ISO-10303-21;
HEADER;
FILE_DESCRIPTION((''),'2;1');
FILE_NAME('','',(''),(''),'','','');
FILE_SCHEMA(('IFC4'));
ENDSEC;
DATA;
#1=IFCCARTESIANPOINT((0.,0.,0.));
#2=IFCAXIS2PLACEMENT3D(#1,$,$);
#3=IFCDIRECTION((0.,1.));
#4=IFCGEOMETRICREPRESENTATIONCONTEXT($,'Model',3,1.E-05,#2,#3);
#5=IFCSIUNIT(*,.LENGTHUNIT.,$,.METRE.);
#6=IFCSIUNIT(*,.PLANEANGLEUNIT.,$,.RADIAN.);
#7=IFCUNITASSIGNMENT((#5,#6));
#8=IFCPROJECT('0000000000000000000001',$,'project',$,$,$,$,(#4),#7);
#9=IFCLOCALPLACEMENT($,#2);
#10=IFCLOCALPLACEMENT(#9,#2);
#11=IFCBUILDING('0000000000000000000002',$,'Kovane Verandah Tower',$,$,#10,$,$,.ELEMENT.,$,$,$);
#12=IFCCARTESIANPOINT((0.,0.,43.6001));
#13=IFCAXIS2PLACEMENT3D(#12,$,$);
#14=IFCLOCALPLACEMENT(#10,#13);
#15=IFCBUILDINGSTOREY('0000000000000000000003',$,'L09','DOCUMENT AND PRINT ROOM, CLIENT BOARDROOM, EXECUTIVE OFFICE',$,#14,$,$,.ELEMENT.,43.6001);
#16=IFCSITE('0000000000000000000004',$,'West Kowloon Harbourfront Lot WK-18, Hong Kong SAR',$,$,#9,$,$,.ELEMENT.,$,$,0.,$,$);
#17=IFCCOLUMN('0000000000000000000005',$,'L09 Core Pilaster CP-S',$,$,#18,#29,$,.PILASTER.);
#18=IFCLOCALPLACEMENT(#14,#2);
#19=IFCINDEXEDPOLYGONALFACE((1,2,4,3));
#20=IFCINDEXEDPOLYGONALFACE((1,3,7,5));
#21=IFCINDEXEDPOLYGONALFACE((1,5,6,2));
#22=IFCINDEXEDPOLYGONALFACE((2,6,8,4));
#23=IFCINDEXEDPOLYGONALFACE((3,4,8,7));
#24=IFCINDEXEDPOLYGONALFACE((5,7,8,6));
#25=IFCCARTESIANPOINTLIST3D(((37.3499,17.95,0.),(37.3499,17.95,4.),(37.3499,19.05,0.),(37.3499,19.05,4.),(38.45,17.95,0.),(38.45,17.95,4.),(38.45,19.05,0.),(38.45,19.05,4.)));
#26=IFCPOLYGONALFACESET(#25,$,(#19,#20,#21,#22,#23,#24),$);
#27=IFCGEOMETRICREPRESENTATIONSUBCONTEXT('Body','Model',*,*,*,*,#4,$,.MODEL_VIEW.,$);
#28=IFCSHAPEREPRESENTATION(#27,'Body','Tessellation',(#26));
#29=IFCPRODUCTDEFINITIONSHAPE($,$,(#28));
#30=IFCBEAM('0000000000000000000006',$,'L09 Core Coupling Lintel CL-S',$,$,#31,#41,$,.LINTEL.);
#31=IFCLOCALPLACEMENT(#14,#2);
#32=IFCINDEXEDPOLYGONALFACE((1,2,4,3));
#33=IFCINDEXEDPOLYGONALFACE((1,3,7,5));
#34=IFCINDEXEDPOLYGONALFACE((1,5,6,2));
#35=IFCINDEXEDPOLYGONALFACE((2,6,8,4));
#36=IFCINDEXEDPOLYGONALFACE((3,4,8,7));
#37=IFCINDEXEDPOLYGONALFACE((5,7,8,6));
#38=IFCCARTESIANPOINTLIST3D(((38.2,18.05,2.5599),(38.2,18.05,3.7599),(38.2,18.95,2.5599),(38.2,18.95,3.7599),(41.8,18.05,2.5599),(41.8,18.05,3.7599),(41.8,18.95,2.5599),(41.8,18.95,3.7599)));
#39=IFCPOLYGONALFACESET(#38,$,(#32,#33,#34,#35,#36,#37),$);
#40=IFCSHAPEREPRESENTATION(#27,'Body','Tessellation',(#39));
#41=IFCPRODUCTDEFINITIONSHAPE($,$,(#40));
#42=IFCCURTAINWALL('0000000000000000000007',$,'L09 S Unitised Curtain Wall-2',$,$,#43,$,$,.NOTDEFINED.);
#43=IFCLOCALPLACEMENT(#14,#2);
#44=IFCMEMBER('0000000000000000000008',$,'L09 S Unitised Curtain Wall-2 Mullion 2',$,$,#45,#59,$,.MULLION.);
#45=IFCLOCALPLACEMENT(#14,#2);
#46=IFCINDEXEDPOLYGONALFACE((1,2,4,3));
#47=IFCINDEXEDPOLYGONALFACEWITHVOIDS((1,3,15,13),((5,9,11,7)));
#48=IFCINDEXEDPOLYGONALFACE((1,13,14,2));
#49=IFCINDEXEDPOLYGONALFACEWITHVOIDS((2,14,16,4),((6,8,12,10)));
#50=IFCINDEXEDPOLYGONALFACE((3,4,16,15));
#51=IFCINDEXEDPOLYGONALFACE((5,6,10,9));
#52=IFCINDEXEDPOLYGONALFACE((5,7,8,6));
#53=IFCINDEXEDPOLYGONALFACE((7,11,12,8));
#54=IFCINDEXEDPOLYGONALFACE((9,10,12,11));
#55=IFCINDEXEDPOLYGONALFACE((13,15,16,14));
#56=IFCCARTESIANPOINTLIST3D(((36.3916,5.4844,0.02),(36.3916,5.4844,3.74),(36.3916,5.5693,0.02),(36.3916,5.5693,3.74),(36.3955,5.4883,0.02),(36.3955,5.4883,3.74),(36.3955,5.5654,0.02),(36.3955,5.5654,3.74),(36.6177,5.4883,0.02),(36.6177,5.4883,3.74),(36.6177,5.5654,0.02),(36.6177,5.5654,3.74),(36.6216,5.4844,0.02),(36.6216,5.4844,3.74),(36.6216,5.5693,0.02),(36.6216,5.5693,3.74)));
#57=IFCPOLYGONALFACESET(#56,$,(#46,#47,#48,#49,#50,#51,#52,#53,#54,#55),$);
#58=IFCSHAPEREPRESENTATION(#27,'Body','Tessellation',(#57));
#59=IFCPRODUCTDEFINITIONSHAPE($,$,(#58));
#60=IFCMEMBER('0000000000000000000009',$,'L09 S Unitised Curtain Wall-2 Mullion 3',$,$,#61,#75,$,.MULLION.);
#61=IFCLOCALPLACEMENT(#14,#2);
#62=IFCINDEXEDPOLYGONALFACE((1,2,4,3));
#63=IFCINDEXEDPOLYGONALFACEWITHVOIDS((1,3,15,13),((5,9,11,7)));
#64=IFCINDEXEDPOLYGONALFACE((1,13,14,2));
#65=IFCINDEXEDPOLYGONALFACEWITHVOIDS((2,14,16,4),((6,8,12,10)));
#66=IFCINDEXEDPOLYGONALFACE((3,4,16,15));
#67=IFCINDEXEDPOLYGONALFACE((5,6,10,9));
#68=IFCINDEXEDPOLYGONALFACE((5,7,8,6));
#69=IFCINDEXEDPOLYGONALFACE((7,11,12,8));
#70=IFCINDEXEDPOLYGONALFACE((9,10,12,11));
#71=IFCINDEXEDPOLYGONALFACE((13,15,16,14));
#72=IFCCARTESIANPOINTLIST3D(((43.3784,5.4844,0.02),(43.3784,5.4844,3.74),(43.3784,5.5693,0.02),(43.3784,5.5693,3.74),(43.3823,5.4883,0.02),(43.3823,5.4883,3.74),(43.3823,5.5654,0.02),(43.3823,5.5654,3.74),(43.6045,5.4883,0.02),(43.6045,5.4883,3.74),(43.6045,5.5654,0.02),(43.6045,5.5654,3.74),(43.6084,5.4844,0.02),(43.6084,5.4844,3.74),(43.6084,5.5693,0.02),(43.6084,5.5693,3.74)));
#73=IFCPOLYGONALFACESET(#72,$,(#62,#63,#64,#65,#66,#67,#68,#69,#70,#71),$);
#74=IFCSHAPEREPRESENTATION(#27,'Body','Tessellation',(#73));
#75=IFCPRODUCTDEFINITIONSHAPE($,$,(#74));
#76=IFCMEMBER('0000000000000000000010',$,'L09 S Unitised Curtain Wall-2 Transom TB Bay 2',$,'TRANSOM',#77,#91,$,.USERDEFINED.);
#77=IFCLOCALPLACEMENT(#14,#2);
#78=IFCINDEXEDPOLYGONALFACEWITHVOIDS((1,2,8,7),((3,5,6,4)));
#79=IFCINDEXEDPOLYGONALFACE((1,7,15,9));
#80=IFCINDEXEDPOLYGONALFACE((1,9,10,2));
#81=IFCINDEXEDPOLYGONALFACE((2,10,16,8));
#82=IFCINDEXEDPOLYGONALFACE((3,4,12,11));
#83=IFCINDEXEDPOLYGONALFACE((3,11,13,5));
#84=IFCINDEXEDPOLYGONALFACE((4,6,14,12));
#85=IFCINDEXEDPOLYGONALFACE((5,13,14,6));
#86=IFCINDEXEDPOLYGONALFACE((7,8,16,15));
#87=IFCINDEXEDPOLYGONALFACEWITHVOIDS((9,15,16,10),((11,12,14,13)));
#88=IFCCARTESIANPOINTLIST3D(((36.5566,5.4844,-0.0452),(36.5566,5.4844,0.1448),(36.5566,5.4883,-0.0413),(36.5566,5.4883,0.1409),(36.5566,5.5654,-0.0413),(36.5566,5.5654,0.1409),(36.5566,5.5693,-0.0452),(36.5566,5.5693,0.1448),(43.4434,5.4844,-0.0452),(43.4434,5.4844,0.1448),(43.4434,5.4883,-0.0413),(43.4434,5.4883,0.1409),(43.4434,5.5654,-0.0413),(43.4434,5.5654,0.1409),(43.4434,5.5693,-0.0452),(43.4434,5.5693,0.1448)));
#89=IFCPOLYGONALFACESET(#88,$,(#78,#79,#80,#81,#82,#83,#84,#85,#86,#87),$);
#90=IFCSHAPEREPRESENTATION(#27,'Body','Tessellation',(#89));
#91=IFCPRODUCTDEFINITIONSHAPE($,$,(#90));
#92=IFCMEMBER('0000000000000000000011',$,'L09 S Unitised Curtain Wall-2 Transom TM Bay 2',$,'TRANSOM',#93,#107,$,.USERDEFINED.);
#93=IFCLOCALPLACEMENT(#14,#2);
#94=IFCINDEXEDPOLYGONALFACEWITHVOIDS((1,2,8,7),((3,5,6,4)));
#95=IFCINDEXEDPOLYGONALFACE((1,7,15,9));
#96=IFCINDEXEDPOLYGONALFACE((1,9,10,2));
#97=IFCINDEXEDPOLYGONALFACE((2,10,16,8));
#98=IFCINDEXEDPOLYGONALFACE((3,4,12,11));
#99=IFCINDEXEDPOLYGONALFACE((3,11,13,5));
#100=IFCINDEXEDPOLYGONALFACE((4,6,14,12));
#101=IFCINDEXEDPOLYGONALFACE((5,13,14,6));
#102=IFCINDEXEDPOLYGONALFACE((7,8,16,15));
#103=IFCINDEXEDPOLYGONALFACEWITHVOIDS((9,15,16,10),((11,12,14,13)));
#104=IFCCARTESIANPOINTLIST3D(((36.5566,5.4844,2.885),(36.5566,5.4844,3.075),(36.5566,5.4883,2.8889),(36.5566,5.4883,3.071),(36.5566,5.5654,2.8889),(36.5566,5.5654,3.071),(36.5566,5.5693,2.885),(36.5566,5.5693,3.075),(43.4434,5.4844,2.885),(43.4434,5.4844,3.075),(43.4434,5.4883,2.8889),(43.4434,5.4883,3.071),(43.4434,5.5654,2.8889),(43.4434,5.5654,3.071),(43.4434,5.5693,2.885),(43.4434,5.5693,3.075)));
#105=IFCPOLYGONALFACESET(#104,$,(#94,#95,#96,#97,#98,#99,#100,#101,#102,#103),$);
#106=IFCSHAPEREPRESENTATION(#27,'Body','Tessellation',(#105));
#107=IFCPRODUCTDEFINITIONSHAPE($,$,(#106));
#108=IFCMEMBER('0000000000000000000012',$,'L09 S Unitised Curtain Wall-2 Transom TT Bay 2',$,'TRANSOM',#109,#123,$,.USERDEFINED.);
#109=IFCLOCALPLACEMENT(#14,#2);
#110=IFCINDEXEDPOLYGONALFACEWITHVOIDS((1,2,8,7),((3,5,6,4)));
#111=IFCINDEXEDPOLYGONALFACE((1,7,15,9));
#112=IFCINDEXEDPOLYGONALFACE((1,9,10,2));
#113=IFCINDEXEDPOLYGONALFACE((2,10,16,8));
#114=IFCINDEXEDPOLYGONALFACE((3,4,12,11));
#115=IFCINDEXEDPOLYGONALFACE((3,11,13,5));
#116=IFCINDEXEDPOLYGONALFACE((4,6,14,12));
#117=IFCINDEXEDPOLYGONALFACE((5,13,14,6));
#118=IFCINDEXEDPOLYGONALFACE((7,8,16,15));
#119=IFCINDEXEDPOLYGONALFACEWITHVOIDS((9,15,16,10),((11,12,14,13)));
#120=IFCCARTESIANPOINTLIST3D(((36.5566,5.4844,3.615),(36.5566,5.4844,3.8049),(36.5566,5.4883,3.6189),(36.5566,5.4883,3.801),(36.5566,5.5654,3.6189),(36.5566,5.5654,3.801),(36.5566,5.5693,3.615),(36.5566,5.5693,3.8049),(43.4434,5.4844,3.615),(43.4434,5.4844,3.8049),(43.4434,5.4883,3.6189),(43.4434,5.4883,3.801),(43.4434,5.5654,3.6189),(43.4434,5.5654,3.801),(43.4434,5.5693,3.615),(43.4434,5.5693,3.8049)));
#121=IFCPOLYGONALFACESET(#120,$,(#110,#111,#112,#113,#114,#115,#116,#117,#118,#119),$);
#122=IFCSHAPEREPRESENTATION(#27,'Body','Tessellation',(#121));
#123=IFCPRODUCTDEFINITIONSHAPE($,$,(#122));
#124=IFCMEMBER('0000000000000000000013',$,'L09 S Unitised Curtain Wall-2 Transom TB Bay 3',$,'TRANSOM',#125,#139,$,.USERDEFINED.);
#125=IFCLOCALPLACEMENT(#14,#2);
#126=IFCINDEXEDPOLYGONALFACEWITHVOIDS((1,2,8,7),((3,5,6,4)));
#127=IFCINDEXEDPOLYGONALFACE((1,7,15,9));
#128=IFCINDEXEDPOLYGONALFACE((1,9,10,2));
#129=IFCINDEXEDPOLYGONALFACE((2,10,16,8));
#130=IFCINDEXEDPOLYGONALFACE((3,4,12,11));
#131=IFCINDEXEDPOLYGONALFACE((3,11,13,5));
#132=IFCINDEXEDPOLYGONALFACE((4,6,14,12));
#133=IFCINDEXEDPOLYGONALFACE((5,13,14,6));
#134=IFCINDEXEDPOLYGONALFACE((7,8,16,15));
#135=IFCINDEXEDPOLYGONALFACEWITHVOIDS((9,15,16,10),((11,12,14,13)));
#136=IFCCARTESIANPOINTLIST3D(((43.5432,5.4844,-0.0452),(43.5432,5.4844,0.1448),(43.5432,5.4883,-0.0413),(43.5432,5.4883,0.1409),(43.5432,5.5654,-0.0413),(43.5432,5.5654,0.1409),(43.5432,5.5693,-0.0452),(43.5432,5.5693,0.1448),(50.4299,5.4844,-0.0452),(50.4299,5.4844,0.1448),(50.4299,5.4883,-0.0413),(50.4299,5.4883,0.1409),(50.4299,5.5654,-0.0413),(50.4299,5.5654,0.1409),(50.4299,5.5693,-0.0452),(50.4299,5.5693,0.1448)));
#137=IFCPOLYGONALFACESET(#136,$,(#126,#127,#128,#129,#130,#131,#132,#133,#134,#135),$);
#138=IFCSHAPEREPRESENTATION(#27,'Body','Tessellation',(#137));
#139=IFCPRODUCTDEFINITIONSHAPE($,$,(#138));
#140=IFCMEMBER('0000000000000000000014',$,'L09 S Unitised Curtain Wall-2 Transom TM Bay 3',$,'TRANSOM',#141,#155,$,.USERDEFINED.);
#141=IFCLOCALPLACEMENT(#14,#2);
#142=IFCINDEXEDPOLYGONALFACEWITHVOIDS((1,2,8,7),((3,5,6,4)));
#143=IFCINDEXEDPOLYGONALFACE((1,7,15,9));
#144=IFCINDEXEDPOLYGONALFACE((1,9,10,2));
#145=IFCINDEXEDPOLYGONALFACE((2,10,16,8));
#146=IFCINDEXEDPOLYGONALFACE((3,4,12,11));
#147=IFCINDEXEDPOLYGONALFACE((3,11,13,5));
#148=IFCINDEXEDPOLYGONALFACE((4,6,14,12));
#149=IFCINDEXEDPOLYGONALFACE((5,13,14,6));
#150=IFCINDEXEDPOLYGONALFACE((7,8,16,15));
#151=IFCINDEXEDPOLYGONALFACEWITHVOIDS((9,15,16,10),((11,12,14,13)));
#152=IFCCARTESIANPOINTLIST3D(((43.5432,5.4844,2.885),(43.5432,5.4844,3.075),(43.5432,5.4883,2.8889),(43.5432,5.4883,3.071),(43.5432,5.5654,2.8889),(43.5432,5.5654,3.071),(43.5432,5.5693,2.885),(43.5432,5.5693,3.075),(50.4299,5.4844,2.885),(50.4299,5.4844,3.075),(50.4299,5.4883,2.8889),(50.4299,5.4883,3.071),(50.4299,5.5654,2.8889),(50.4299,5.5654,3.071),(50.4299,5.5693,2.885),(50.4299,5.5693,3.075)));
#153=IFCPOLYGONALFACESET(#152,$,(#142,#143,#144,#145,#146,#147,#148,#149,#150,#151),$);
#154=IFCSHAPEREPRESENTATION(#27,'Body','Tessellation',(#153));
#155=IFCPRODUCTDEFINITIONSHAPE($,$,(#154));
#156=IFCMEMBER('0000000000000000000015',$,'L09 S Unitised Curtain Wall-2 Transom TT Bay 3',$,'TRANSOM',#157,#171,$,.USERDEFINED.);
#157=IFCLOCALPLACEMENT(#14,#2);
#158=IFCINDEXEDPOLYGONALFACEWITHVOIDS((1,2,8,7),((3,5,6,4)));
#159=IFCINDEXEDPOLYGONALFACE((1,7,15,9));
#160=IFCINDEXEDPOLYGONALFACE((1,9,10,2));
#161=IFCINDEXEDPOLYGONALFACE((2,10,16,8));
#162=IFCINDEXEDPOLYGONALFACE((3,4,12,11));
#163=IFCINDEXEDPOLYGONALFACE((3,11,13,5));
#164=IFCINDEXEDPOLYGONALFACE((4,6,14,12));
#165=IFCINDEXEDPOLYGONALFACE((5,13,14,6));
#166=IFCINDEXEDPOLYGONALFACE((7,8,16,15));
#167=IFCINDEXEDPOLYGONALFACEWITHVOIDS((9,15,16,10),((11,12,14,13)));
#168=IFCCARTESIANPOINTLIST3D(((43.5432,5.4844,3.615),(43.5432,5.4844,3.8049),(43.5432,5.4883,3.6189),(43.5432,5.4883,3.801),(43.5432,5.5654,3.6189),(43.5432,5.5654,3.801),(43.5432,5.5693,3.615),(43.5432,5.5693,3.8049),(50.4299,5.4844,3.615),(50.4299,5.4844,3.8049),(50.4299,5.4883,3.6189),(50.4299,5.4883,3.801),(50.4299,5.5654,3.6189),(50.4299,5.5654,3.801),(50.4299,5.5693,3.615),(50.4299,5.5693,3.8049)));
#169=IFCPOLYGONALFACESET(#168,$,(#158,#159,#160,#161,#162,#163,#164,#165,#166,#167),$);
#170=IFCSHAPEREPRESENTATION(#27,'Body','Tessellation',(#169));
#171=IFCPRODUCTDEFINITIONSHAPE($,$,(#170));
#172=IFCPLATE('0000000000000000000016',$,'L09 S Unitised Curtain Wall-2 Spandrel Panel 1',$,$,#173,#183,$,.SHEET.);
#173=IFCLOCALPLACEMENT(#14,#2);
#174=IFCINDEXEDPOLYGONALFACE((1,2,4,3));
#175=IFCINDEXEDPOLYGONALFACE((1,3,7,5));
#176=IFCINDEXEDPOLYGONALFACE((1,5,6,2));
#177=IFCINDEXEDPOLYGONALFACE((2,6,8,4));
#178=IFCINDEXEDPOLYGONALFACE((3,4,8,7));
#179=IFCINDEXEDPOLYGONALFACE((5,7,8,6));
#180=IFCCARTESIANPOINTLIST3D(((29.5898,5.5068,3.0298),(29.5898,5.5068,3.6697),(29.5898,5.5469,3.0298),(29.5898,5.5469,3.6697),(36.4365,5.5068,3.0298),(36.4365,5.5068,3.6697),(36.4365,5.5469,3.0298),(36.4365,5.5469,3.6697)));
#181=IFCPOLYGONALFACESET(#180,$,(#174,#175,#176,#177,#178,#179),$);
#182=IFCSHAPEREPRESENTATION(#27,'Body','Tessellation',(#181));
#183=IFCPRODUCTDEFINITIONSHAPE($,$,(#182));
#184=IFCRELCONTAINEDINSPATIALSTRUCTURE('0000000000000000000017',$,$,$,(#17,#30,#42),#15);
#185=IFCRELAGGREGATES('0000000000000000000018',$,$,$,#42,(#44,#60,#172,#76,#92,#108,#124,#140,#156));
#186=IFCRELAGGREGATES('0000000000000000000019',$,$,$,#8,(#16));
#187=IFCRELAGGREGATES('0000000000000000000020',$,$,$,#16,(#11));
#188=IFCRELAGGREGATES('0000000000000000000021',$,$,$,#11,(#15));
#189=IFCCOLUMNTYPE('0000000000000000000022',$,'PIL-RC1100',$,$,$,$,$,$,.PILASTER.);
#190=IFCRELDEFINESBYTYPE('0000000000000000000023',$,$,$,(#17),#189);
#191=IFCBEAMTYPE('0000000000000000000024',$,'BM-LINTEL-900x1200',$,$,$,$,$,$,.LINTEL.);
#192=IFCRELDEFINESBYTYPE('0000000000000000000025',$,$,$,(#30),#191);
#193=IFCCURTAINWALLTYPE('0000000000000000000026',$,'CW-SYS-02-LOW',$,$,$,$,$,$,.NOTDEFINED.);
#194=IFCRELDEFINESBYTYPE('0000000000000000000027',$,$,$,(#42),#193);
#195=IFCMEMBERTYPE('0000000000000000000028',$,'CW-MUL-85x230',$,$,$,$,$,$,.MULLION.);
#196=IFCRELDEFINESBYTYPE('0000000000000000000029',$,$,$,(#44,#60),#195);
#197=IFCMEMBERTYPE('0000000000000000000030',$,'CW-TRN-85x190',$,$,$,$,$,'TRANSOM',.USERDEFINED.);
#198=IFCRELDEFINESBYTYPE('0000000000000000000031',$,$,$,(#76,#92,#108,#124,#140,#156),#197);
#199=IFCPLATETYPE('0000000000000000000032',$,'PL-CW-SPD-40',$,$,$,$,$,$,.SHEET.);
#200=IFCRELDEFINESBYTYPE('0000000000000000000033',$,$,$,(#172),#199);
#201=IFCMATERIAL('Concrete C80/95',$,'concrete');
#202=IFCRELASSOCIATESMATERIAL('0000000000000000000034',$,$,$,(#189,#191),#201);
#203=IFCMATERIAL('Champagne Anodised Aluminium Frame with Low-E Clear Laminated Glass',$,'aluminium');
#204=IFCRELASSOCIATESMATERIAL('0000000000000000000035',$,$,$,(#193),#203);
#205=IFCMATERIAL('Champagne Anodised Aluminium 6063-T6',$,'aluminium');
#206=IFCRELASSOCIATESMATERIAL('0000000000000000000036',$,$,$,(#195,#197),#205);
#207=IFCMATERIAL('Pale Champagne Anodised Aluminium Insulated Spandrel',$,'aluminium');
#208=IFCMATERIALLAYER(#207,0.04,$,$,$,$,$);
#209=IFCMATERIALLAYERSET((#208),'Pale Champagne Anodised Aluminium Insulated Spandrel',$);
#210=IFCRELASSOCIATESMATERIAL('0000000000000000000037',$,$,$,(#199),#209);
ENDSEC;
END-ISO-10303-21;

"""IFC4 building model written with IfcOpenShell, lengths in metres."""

from ifc_helpers import new_model, si_unit, direction, frame, origin, origin_2d, place, context, subcontext, project, spatial, rectangle, hollow_rectangle, extrude, material, layer, layer_set, material_profile, profile_set, type_object, element, aggregate, save


model = new_model("IFC4")

# Units and contexts
model_context = context("Model", 3, precision=1e-05, world=origin(), true_north=direction((0.0, 1.0)))
body_context = subcontext(model_context, "Body", "Model", "MODEL_VIEW")
ifc_project = project(units=[si_unit("LENGTHUNIT", "METRE"), si_unit("PLANEANGLEUNIT", "RADIAN")], contexts=[model_context])

# Site, building, storey
site_placement = place(None, origin())
site = spatial("IfcSite", under=ifc_project, at=site_placement, Name="West Kowloon Harbourfront Lot WK-18, Hong Kong SAR", CompositionType="ELEMENT", RefElevation=0.0)
building_placement = place(site_placement, origin())
building = spatial("IfcBuilding", under=site, at=building_placement, Name="Kovane Verandah Tower", CompositionType="ELEMENT")
storey_placement = place(building_placement, frame((0.0, 0.0, 43.6001)))
storey = spatial("IfcBuildingStorey", under=building, at=storey_placement, Name="L09", Description="DOCUMENT AND PRINT ROOM, CLIENT BOARDROOM, EXECUTIVE OFFICE", CompositionType="ELEMENT", Elevation=43.6001)

# Column
ifc_material_1 = material(Name="Concrete C80/95", Category="concrete")
ifc_material_profile_1 = material_profile(ifc_material_1, rectangle(XDim=1.1001, YDim=1.1001, at=origin_2d()), Name="RC1100x1100")
ifc_profile_set_1 = profile_set([ifc_material_profile_1], Name="Concrete C80/95")
column_type = type_object("IfcColumnType", Name="PIL-RC1100", PredefinedType="PILASTER", material=ifc_profile_set_1)
column_placement = place(storey_placement, frame((37.8999, 18.5, 0.0), z_axis=(0.0, 0.0, 1.0), x_axis=(1.0, 0.0, 0.0)))
element("IfcColumn", 1, at=column_placement, inside=storey, type_object=column_type, Name="L09 Core Pilaster CP-S", PredefinedType="PILASTER", context=body_context, shape_type="SweptSolid", body=[
    extrude(rectangle(XDim=1.1001, YDim=1.1001, at=origin_2d()), origin(), (0.0, 0.0, 1.0), 4.0),
])

# Beam
ifc_material_profile_2 = material_profile(ifc_material_1, rectangle(XDim=0.8999, YDim=1.2, at=origin_2d()), Name="RCB900x1200")
ifc_profile_set_2 = profile_set([ifc_material_profile_2], Name="Concrete C80/95")
beam_type = type_object("IfcBeamType", Name="BM-LINTEL-900x1200", PredefinedType="LINTEL", material=ifc_profile_set_2)
beam_placement = place(storey_placement, frame((38.2, 18.5, 3.1599), z_axis=(1.0, 0.0, 0.0), x_axis=(0.0, 1.0, 0.0)))
element("IfcBeam", 2, at=beam_placement, inside=storey, type_object=beam_type, Name="L09 Core Coupling Lintel CL-S", PredefinedType="LINTEL", context=body_context, shape_type="SweptSolid", body=[
    extrude(rectangle(XDim=0.8999, YDim=1.2, at=origin_2d()), origin(), (0.0, 0.0, 1.0), 3.6001),
])

# Curtain wall, members, plate
ifc_material_2 = material(Name="Champagne Anodised Aluminium Frame with Low-E Clear Laminated Glass", Category="aluminium")
curtain_wall_type = type_object("IfcCurtainWallType", Name="CW-SYS-02-LOW", PredefinedType="NOTDEFINED", material=ifc_material_2)
curtain_wall_placement = place(storey_placement, origin())
curtain_wall = element("IfcCurtainWall", 3, at=curtain_wall_placement, inside=storey, type_object=curtain_wall_type, Name="L09 S Unitised Curtain Wall-2", PredefinedType="NOTDEFINED")
ifc_material_3 = material(Name="Champagne Anodised Aluminium 6063-T6", Category="aluminium")
ifc_material_profile_3 = material_profile(ifc_material_3, hollow_rectangle(XDim=0.085, YDim=0.23, WallThickness=0.0039, at=origin_2d()), Name="AL85x230x4")
ifc_profile_set_3 = profile_set([ifc_material_profile_3], Name="Champagne Anodised Aluminium 6063-T6")
member_type_1 = type_object("IfcMemberType", Name="CW-MUL-85x230", PredefinedType="MULLION", material=ifc_profile_set_3)
member_1_placement = place(storey_placement, frame((36.5066, 5.5269, 0.02), z_axis=(0.0, 0.0, 1.0), x_axis=(0.0, -1.0, 0.0)))
member_1 = element("IfcMember", 4, at=member_1_placement, type_object=member_type_1, Name="L09 S Unitised Curtain Wall-2 Mullion 2", PredefinedType="MULLION", context=body_context, shape_type="SweptSolid", body=[
    extrude(hollow_rectangle(XDim=0.085, YDim=0.23, WallThickness=0.0039, at=origin_2d()), origin(), (0.0, 0.0, 1.0), 3.72),
])
member_2_placement = place(storey_placement, frame((43.4934, 5.5269, 0.02), z_axis=(0.0, 0.0, 1.0), x_axis=(0.0, -1.0, 0.0)))
member_2 = element("IfcMember", 5, at=member_2_placement, type_object=member_type_1, Name="L09 S Unitised Curtain Wall-2 Mullion 3", PredefinedType="MULLION", context=body_context, shape_type="SweptSolid", body=[
    extrude(hollow_rectangle(XDim=0.085, YDim=0.23, WallThickness=0.0039, at=origin_2d()), origin(), (0.0, 0.0, 1.0), 3.72),
])
ifc_material_profile_4 = material_profile(ifc_material_3, hollow_rectangle(XDim=0.085, YDim=0.1899, WallThickness=0.0039, at=origin_2d()), Name="AL85x190x4")
ifc_profile_set_4 = profile_set([ifc_material_profile_4], Name="Champagne Anodised Aluminium 6063-T6")
member_type_2 = type_object("IfcMemberType", Name="CW-TRN-85x190", ElementType="TRANSOM", PredefinedType="USERDEFINED", material=ifc_profile_set_4)
member_3_placement = place(storey_placement, frame((36.5566, 5.5269, 0.0498), z_axis=(1.0, 0.0, 0.0), x_axis=(0.0, 1.0, 0.0)))
member_3 = element("IfcMember", 6, at=member_3_placement, type_object=member_type_2, Name="L09 S Unitised Curtain Wall-2 Transom TB Bay 2", ObjectType="TRANSOM", PredefinedType="USERDEFINED", context=body_context, shape_type="SweptSolid", body=[
    extrude(hollow_rectangle(XDim=0.085, YDim=0.1899, WallThickness=0.0039, at=origin_2d()), origin(), (0.0, 0.0, 1.0), 6.8867),
])
member_4_placement = place(storey_placement, frame((36.5566, 5.5269, 2.98), z_axis=(1.0, 0.0, 0.0), x_axis=(0.0, 1.0, 0.0)))
member_4 = element("IfcMember", 7, at=member_4_placement, type_object=member_type_2, Name="L09 S Unitised Curtain Wall-2 Transom TM Bay 2", ObjectType="TRANSOM", PredefinedType="USERDEFINED", context=body_context, shape_type="SweptSolid", body=[
    extrude(hollow_rectangle(XDim=0.085, YDim=0.1899, WallThickness=0.0039, at=origin_2d()), origin(), (0.0, 0.0, 1.0), 6.8867),
])
member_5_placement = place(storey_placement, frame((36.5566, 5.5269, 3.71), z_axis=(1.0, 0.0, 0.0), x_axis=(0.0, 1.0, 0.0)))
member_5 = element("IfcMember", 8, at=member_5_placement, type_object=member_type_2, Name="L09 S Unitised Curtain Wall-2 Transom TT Bay 2", ObjectType="TRANSOM", PredefinedType="USERDEFINED", context=body_context, shape_type="SweptSolid", body=[
    extrude(hollow_rectangle(XDim=0.085, YDim=0.1899, WallThickness=0.0039, at=origin_2d()), origin(), (0.0, 0.0, 1.0), 6.8867),
])
member_6_placement = place(storey_placement, frame((43.5432, 5.5269, 0.0498), z_axis=(1.0, 0.0, 0.0), x_axis=(0.0, 1.0, 0.0)))
member_6 = element("IfcMember", 9, at=member_6_placement, type_object=member_type_2, Name="L09 S Unitised Curtain Wall-2 Transom TB Bay 3", ObjectType="TRANSOM", PredefinedType="USERDEFINED", context=body_context, shape_type="SweptSolid", body=[
    extrude(hollow_rectangle(XDim=0.085, YDim=0.1899, WallThickness=0.0039, at=origin_2d()), origin(), (0.0, 0.0, 1.0), 6.8867),
])
member_7_placement = place(storey_placement, frame((43.5432, 5.5269, 2.98), z_axis=(1.0, 0.0, 0.0), x_axis=(0.0, 1.0, 0.0)))
member_7 = element("IfcMember", 10, at=member_7_placement, type_object=member_type_2, Name="L09 S Unitised Curtain Wall-2 Transom TM Bay 3", ObjectType="TRANSOM", PredefinedType="USERDEFINED", context=body_context, shape_type="SweptSolid", body=[
    extrude(hollow_rectangle(XDim=0.085, YDim=0.1899, WallThickness=0.0039, at=origin_2d()), origin(), (0.0, 0.0, 1.0), 6.8867),
])
member_8_placement = place(storey_placement, frame((43.5432, 5.5269, 3.71), z_axis=(1.0, 0.0, 0.0), x_axis=(0.0, 1.0, 0.0)))
member_8 = element("IfcMember", 11, at=member_8_placement, type_object=member_type_2, Name="L09 S Unitised Curtain Wall-2 Transom TT Bay 3", ObjectType="TRANSOM", PredefinedType="USERDEFINED", context=body_context, shape_type="SweptSolid", body=[
    extrude(hollow_rectangle(XDim=0.085, YDim=0.1899, WallThickness=0.0039, at=origin_2d()), origin(), (0.0, 0.0, 1.0), 6.8867),
])
ifc_material_4 = material(Name="Pale Champagne Anodised Aluminium Insulated Spandrel", Category="aluminium")
ifc_layer_1 = layer(ifc_material_4, 0.04)
ifc_layer_set_1 = layer_set([ifc_layer_1], Name="Pale Champagne Anodised Aluminium Insulated Spandrel")
plate_type_1 = type_object("IfcPlateType", Name="PL-CW-SPD-40", PredefinedType="SHEET", material=ifc_layer_set_1)
plate_1_placement = place(storey_placement, frame((33.0132, 5.5269, 3.0298), z_axis=(0.0, 0.0, 1.0), x_axis=(1.0, 0.0, 0.0)))
plate_1 = element("IfcPlate", 12, at=plate_1_placement, type_object=plate_type_1, Name="L09 S Unitised Curtain Wall-2 Spandrel Panel 1", PredefinedType="SHEET", context=body_context, shape_type="SweptSolid", body=[
    extrude(rectangle(XDim=6.8467, YDim=0.04, at=origin_2d()), origin(), (0.0, 0.0, 1.0), 0.6399),
])
aggregate(curtain_wall, [member_1, member_2, plate_1, member_3, member_4, member_5, member_6, member_7, member_8])

save(model, "model.ifc")
